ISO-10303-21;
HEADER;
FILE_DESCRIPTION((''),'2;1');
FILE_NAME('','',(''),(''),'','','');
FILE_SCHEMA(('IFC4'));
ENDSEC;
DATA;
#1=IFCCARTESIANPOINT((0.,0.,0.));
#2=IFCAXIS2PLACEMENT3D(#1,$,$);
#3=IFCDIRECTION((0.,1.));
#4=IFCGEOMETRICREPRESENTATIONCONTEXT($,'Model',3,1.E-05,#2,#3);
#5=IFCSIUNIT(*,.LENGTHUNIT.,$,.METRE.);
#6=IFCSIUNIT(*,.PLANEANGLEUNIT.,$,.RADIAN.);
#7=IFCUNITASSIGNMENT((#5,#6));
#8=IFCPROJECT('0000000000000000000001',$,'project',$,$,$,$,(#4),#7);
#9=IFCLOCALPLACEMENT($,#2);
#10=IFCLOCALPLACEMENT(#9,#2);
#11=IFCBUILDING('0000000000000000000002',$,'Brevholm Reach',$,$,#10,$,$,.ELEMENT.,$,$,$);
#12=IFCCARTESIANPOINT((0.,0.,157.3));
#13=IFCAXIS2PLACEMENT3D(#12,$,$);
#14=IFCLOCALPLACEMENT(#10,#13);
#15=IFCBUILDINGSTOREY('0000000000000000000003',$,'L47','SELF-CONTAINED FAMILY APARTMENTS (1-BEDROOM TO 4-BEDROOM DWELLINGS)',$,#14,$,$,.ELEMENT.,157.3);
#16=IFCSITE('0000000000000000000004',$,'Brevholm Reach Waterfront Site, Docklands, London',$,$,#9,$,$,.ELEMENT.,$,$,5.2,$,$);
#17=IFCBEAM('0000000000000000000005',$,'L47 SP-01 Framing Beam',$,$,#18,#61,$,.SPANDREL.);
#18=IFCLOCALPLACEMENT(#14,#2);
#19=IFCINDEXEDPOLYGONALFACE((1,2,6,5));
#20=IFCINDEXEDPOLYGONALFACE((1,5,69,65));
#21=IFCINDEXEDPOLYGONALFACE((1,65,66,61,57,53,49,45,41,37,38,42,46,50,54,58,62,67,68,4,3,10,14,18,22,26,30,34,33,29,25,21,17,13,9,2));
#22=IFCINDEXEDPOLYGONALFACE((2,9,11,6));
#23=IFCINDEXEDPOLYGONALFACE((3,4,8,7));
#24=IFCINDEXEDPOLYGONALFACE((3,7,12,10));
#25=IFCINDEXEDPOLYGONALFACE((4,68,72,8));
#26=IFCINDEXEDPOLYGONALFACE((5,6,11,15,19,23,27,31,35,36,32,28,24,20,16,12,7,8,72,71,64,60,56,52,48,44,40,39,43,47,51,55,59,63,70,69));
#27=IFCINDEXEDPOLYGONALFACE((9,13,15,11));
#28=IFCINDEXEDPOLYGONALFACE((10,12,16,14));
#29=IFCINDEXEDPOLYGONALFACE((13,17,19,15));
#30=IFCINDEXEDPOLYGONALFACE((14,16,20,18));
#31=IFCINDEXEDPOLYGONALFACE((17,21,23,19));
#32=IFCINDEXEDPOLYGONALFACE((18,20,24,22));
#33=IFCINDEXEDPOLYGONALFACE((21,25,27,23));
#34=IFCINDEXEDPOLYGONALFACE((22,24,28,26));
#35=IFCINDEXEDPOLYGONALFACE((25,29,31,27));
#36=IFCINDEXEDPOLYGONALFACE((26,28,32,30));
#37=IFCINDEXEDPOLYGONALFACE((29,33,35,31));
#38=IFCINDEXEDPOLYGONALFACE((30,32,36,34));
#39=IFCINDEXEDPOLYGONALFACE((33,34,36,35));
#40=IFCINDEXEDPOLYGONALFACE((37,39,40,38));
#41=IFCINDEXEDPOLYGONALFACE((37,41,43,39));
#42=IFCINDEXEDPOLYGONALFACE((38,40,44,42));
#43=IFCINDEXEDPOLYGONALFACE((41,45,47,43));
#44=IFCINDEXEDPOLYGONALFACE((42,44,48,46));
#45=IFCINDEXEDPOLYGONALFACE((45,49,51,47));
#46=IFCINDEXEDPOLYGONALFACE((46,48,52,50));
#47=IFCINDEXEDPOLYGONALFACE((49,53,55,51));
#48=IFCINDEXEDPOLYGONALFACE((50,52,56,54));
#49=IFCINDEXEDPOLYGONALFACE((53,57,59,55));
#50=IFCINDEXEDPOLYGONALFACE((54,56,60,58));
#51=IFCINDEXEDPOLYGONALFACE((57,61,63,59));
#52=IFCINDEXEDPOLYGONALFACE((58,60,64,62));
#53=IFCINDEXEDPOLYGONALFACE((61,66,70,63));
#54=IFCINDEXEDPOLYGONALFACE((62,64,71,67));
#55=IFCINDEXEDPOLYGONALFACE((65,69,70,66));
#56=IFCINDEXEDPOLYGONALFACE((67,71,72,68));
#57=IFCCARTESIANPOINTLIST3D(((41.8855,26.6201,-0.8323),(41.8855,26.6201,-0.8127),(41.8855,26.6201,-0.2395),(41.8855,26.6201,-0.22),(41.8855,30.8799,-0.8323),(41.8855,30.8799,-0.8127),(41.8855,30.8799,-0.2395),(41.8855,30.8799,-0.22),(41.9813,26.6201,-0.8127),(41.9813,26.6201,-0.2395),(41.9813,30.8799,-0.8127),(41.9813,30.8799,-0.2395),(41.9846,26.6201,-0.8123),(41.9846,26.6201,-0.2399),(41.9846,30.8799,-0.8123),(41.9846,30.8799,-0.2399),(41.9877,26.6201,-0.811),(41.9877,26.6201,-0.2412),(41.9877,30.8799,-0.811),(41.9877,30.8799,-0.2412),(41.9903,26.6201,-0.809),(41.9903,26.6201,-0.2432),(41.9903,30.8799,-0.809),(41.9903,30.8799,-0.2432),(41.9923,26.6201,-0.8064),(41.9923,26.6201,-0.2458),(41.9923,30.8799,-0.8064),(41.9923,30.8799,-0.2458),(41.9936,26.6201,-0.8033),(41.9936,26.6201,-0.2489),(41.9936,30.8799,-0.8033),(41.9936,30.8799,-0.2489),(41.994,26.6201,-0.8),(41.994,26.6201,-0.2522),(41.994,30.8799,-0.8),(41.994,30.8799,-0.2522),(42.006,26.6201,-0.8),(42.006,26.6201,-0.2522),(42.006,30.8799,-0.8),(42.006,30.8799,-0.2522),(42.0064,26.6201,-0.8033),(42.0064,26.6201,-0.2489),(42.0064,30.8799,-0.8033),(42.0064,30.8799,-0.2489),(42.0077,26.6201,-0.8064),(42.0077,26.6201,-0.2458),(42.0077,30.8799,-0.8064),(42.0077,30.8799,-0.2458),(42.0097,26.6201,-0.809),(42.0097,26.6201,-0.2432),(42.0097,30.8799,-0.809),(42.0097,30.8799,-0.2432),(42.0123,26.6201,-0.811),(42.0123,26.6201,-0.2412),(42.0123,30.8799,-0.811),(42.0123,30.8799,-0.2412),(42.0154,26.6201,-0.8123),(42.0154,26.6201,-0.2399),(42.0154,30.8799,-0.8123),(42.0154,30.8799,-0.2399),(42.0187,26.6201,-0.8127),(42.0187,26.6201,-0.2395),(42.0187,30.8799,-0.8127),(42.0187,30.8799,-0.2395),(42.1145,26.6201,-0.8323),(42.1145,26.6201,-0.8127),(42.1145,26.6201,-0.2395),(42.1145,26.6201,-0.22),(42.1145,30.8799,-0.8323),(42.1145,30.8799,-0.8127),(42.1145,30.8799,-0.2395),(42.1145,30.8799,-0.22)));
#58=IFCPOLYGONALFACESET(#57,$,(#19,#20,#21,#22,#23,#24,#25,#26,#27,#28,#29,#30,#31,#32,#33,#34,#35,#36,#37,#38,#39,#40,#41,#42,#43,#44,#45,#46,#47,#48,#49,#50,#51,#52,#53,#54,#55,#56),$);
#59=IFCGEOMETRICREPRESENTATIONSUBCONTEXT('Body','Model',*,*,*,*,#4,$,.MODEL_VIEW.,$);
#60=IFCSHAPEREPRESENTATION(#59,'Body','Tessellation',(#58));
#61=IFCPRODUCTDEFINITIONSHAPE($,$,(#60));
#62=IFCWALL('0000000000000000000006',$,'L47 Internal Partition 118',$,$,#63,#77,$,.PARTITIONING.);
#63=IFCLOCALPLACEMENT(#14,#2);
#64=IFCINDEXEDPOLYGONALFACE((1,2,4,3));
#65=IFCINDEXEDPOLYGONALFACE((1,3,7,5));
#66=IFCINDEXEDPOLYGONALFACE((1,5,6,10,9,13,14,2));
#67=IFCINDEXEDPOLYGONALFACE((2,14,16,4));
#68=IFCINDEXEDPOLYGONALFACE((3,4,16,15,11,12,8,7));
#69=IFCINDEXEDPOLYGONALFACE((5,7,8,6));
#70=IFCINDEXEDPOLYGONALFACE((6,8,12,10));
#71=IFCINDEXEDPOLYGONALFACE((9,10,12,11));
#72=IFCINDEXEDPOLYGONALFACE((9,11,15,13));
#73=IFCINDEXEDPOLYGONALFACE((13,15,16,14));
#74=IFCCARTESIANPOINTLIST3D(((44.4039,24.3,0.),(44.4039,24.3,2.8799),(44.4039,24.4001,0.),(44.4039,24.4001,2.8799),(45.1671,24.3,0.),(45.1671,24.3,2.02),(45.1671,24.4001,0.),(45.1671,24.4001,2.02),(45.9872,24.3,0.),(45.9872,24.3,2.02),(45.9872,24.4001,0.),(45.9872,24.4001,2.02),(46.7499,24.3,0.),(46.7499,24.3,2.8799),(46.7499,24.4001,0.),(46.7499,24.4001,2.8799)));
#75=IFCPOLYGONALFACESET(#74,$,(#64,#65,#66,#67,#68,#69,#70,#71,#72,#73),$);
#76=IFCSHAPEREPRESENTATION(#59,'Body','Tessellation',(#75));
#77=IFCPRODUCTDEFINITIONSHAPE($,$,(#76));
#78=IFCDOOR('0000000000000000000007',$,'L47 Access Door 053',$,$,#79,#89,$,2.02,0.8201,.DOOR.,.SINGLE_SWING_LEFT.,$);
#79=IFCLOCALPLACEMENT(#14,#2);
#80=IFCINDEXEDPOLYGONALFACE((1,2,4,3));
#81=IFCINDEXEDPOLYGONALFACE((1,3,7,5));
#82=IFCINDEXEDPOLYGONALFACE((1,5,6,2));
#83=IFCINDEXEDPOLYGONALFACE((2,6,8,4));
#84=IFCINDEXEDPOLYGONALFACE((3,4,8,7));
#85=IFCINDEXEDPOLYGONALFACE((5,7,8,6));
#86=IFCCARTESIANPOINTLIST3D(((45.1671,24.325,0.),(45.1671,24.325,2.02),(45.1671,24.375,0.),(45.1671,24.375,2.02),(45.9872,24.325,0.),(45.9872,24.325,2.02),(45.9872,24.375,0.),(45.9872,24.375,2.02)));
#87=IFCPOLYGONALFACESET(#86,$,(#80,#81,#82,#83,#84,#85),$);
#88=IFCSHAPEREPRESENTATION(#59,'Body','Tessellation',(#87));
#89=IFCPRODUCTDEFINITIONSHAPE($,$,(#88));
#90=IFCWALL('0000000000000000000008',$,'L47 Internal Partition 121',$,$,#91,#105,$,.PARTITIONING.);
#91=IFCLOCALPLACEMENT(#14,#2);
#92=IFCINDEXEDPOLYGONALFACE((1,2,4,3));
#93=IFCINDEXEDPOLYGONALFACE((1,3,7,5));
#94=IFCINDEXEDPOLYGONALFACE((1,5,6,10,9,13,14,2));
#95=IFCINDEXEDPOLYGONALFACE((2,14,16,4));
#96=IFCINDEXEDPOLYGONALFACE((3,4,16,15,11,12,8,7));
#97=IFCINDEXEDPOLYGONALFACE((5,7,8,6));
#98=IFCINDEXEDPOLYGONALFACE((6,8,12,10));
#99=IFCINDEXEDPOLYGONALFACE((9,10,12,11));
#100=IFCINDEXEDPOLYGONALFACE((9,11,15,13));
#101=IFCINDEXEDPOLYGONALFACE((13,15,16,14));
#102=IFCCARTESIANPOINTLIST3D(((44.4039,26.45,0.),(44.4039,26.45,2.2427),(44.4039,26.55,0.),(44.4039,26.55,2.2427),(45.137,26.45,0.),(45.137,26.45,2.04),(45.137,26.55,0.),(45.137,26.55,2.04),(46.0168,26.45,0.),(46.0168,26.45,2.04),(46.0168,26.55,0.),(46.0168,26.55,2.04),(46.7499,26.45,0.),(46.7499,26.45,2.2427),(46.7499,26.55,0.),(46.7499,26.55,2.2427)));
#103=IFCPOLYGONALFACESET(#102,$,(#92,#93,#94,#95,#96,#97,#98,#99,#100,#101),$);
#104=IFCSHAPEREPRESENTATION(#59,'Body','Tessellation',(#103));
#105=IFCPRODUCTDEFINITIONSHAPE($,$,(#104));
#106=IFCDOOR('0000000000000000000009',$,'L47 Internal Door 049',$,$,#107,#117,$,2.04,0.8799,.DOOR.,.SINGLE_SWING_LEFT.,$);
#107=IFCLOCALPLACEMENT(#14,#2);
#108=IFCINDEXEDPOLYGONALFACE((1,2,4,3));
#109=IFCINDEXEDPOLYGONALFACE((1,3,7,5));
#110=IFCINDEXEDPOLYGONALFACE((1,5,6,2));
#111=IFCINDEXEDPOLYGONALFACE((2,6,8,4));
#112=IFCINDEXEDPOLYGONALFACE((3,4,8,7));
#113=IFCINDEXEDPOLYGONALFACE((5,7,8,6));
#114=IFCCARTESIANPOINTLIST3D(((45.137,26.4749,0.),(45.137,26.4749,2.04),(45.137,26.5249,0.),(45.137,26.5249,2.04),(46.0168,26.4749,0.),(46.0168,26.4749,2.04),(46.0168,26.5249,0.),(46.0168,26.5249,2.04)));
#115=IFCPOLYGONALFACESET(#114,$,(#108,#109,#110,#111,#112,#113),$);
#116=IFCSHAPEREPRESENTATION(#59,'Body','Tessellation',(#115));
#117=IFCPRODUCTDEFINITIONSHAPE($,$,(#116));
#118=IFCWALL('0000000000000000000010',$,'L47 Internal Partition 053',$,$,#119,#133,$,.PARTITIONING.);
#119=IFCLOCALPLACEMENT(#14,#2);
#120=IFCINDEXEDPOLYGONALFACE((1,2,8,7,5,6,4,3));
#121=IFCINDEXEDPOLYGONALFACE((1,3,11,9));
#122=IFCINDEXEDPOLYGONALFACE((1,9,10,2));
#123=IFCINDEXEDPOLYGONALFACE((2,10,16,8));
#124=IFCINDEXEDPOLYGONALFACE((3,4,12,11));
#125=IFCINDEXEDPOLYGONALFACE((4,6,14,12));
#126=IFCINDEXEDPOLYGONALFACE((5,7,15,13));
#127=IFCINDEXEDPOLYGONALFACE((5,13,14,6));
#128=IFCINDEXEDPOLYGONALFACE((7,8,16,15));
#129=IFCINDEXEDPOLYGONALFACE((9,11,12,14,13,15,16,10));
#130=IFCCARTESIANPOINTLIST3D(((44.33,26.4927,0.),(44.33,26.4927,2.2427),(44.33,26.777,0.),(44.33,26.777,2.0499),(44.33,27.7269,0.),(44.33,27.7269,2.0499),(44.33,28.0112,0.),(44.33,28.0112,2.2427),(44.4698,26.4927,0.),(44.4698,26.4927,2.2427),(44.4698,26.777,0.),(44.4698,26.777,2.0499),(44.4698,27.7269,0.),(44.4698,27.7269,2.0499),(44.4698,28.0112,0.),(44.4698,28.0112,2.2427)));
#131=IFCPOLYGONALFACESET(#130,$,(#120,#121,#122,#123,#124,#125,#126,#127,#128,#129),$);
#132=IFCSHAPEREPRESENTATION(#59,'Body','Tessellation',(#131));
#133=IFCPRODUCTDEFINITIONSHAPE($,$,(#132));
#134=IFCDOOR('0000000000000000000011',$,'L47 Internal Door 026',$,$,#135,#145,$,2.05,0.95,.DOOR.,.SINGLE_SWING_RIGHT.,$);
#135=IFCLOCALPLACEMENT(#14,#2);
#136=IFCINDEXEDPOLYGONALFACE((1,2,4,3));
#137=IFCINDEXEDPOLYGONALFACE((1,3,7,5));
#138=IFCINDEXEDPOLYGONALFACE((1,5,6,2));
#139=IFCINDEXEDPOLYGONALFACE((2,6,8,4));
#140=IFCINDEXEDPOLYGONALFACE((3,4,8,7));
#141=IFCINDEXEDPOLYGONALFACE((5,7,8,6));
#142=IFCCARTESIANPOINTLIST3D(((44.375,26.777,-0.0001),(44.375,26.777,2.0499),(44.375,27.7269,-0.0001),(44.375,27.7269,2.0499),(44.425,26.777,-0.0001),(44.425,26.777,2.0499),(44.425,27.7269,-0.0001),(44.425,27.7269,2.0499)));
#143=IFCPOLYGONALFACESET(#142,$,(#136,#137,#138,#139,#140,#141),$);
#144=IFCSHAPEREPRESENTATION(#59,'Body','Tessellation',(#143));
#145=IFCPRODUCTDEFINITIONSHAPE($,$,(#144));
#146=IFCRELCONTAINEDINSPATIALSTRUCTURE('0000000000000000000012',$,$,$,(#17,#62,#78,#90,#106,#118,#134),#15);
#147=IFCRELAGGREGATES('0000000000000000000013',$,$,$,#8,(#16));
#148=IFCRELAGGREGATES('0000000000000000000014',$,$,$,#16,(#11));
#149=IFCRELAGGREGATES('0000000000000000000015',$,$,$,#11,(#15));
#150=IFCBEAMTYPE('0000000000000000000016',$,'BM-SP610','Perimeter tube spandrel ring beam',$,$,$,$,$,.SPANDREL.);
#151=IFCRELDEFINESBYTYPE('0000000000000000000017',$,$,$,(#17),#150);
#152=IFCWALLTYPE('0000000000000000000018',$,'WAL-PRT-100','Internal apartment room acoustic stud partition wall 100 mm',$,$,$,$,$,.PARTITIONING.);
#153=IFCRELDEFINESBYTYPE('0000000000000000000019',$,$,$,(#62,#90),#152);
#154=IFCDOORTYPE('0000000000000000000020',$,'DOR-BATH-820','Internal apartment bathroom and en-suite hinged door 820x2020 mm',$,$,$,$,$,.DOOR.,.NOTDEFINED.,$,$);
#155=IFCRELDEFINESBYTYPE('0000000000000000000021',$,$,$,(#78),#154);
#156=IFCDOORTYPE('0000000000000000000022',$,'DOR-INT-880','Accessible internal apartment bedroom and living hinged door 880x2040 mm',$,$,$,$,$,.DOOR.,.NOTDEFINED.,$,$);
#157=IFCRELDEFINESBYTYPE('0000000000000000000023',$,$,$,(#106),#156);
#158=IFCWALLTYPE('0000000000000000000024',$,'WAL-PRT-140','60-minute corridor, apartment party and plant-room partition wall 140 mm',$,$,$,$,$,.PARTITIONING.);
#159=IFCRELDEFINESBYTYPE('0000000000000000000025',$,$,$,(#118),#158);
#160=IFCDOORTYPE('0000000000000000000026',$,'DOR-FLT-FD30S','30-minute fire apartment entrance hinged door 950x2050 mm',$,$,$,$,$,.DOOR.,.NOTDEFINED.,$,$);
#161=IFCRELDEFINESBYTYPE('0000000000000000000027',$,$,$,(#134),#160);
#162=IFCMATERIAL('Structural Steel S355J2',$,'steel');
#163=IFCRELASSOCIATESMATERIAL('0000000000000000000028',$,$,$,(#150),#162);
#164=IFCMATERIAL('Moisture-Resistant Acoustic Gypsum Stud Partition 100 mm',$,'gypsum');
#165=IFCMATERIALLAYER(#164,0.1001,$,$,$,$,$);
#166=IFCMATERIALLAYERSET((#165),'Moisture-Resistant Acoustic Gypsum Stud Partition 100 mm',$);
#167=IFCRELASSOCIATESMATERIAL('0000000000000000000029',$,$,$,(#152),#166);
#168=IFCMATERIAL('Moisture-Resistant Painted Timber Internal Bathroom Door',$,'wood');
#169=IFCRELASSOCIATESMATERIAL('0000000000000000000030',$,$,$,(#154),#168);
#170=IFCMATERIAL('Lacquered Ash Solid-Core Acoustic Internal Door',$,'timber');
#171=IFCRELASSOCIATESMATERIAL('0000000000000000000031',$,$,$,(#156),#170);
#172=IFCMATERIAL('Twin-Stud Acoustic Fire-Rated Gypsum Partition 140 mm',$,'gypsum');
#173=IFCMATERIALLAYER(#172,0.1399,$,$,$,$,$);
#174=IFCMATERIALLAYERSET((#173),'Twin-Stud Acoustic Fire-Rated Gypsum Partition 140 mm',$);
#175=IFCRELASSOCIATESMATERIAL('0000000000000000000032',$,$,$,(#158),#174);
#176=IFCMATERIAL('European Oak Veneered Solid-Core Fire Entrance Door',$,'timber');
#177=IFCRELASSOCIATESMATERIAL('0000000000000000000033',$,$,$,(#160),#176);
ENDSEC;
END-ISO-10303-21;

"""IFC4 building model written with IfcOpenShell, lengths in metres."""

from ifc_helpers import new_model, si_unit, direction, frame, frame_2d, origin, origin_2d, place, context, subcontext, project, spatial, rectangle, i_section, extrude, material, layer, layer_set, material_profile, profile_set, type_object, element, fill, save


model = new_model("IFC4")

# Units and contexts
model_context = context("Model", 3, precision=1e-05, world=origin(), true_north=direction((0.0, 1.0)))
body_context = subcontext(model_context, "Body", "Model", "MODEL_VIEW")
ifc_project = project(units=[si_unit("LENGTHUNIT", "METRE"), si_unit("PLANEANGLEUNIT", "RADIAN")], contexts=[model_context])

# Site, building, storey
site_placement = place(None, origin())
site = spatial("IfcSite", under=ifc_project, at=site_placement, Name="Brevholm Reach Waterfront Site, Docklands, London", CompositionType="ELEMENT", RefElevation=5.2)
building_placement = place(site_placement, origin())
building = spatial("IfcBuilding", under=site, at=building_placement, Name="Brevholm Reach", CompositionType="ELEMENT")
storey_placement = place(building_placement, frame((0.0, 0.0, 157.3)))
storey = spatial("IfcBuildingStorey", under=building, at=storey_placement, Name="L47", Description="SELF-CONTAINED FAMILY APARTMENTS (1-BEDROOM TO 4-BEDROOM DWELLINGS)", CompositionType="ELEMENT", Elevation=157.3)

# Beam
ifc_material_1 = material(Name="Structural Steel S355J2", Category="steel")
ifc_material_profile_1 = material_profile(ifc_material_1, i_section(OverallWidth=0.229, OverallDepth=0.6123, WebThickness=0.012, FlangeThickness=0.0195, FilletRadius=0.0127, at=origin_2d()), Name="UKB 610x229x125")
ifc_profile_set_1 = profile_set([ifc_material_profile_1], Name="Structural Steel S355J2")
beam_type_1 = type_object("IfcBeamType", Name="BM-SP610", Description="Perimeter tube spandrel ring beam", PredefinedType="SPANDREL", material=ifc_profile_set_1)
for number, where, z_axis, x_axis, name in (
    (1, (42.0, 26.6201, -0.5261), (0.0, 1.0, 0.0), (-1.0, 0.0, 0.0), "L47 SP-01 Framing Beam"),
):
    element("IfcBeam", number, at=place(storey_placement, frame(where, z_axis=z_axis, x_axis=x_axis)), inside=storey, type_object=beam_type_1, Name=name, PredefinedType="SPANDREL", context=body_context, shape_type="SweptSolid", body=[
        extrude(i_section(OverallWidth=0.229, OverallDepth=0.6123, WebThickness=0.012, FlangeThickness=0.0195, FilletRadius=0.0127, at=origin_2d()), origin(), (0.0, 0.0, 1.0), 4.2598),
    ])

# Walls, openings, doors
ifc_material_2 = material(Name="Moisture-Resistant Acoustic Gypsum Stud Partition 100 mm", Category="gypsum")
ifc_layer_1 = layer(ifc_material_2, 0.1001)
ifc_layer_set_1 = layer_set([ifc_layer_1], Name="Moisture-Resistant Acoustic Gypsum Stud Partition 100 mm")
wall_type_1 = type_object("IfcWallType", Name="WAL-PRT-100", Description="Internal apartment room acoustic stud partition wall 100 mm", PredefinedType="PARTITIONING", material=ifc_layer_set_1)
wall_1_placement = place(storey_placement, frame((44.4041, 24.3501, 0.0), z_axis=(0.0, 0.0, 1.0), x_axis=(1.0, 0.0, 0.0)))
wall_1 = element("IfcWall", 2, at=wall_1_placement, inside=storey, type_object=wall_type_1, Name="L47 Internal Partition 118", PredefinedType="PARTITIONING", context=body_context, shape_type="SweptSolid", body=[
    extrude(rectangle(XDim=2.3459, YDim=0.1001, at=frame_2d((1.1729, 0.0))), origin(), (0.0, 0.0, 1.0), 2.8799),
])
opening_1_placement = place(wall_1_placement, frame((0.7629, 0.0, 0.0)))
opening_1 = element("IfcOpeningElement", 3, at=opening_1_placement, cuts=wall_1, PredefinedType="OPENING", context=body_context, shape_type="SweptSolid", body=[
    extrude(rectangle(XDim=0.8201, YDim=2.02, at=frame_2d((0.4102, 1.01))), frame((0.0, 0.0601, 0.0), z_axis=(0.0, -1.0, 0.0), x_axis=(1.0, 0.0, 0.0)), (0.0, 0.0, 1.0), 0.1201),
])
ifc_material_3 = material(Name="Moisture-Resistant Painted Timber Internal Bathroom Door", Category="wood")
door_type_1 = type_object("IfcDoorType", Name="DOR-BATH-820", Description="Internal apartment bathroom and en-suite hinged door 820x2020 mm", OperationType="NOTDEFINED", PredefinedType="DOOR", material=ifc_material_3)
door_1_placement = place(opening_1_placement, origin())
door_1 = element("IfcDoor", 4, at=door_1_placement, inside=storey, type_object=door_type_1, Name="L47 Access Door 053", OperationType="SINGLE_SWING_LEFT", OverallHeight=2.02, OverallWidth=0.8201, PredefinedType="DOOR", context=body_context, shape_type="SweptSolid", body=[
    extrude(rectangle(XDim=0.8201, YDim=2.02, at=frame_2d((0.4102, 1.01))), frame((0.0, 0.0249, 0.0), z_axis=(0.0, -1.0, 0.0), x_axis=(1.0, 0.0, 0.0)), (0.0, 0.0, 1.0), 0.05),
])
fill(opening_1, door_1)
wall_2_placement = place(storey_placement, frame((44.4041, 26.5, 0.0), z_axis=(0.0, 0.0, 1.0), x_axis=(1.0, 0.0, 0.0)))
wall_2 = element("IfcWall", 5, at=wall_2_placement, inside=storey, type_object=wall_type_1, Name="L47 Internal Partition 121", PredefinedType="PARTITIONING", context=body_context, shape_type="SweptSolid", body=[
    extrude(rectangle(XDim=2.3459, YDim=0.1001, at=frame_2d((1.1729, 0.0))), origin(), (0.0, 0.0, 1.0), 2.2427),
])
opening_2_placement = place(wall_2_placement, frame((0.7329, 0.0, 0.0)))
opening_2 = element("IfcOpeningElement", 6, at=opening_2_placement, cuts=wall_2, PredefinedType="OPENING", context=body_context, shape_type="SweptSolid", body=[
    extrude(rectangle(XDim=0.8799, YDim=2.04, at=frame_2d((0.4399, 1.02))), frame((0.0, 0.0601, 0.0), z_axis=(0.0, -1.0, 0.0), x_axis=(1.0, 0.0, 0.0)), (0.0, 0.0, 1.0), 0.1201),
])
ifc_material_4 = material(Name="Lacquered Ash Solid-Core Acoustic Internal Door", Category="timber")
door_type_2 = type_object("IfcDoorType", Name="DOR-INT-880", Description="Accessible internal apartment bedroom and living hinged door 880x2040 mm", OperationType="NOTDEFINED", PredefinedType="DOOR", material=ifc_material_4)
door_2_placement = place(opening_2_placement, origin())
door_2 = element("IfcDoor", 7, at=door_2_placement, inside=storey, type_object=door_type_2, Name="L47 Internal Door 049", OperationType="SINGLE_SWING_LEFT", OverallHeight=2.04, OverallWidth=0.8799, PredefinedType="DOOR", context=body_context, shape_type="SweptSolid", body=[
    extrude(rectangle(XDim=0.8799, YDim=2.04, at=frame_2d((0.4399, 1.02))), frame((0.0, 0.0249, 0.0), z_axis=(0.0, -1.0, 0.0), x_axis=(1.0, 0.0, 0.0)), (0.0, 0.0, 1.0), 0.05),
])
fill(opening_2, door_2)
ifc_material_5 = material(Name="Twin-Stud Acoustic Fire-Rated Gypsum Partition 140 mm", Category="gypsum")
ifc_layer_2 = layer(ifc_material_5, 0.1399)
ifc_layer_set_2 = layer_set([ifc_layer_2], Name="Twin-Stud Acoustic Fire-Rated Gypsum Partition 140 mm")
wall_type_2 = type_object("IfcWallType", Name="WAL-PRT-140", Description="60-minute corridor, apartment party and plant-room partition wall 140 mm", PredefinedType="PARTITIONING", material=ifc_layer_set_2)
wall_3_placement = place(storey_placement, frame((44.3999, 26.4927, 0.0), z_axis=(0.0, 0.0, 1.0), x_axis=(0.0, 1.0, 0.0)))
wall_3 = element("IfcWall", 8, at=wall_3_placement, inside=storey, type_object=wall_type_2, Name="L47 Internal Partition 053", PredefinedType="PARTITIONING", context=body_context, shape_type="SweptSolid", body=[
    extrude(rectangle(XDim=1.5186, YDim=0.1399, at=frame_2d((0.7593, 0.0))), origin(), (0.0, 0.0, 1.0), 2.2427),
])
opening_3_placement = place(wall_3_placement, frame((0.2842, 0.0, 0.0)))
opening_3 = element("IfcOpeningElement", 9, at=opening_3_placement, cuts=wall_3, PredefinedType="OPENING", context=body_context, shape_type="SweptSolid", body=[
    extrude(rectangle(XDim=0.95, YDim=2.05, at=frame_2d((0.4751, 1.0249))), frame((0.0, 0.0798, 0.0), z_axis=(0.0, -1.0, 0.0), x_axis=(1.0, 0.0, 0.0)), (0.0, 0.0, 1.0), 0.1599),
])
ifc_material_6 = material(Name="European Oak Veneered Solid-Core Fire Entrance Door", Category="timber")
door_type_3 = type_object("IfcDoorType", Name="DOR-FLT-FD30S", Description="30-minute fire apartment entrance hinged door 950x2050 mm", OperationType="NOTDEFINED", PredefinedType="DOOR", material=ifc_material_6)
door_3_placement = place(opening_3_placement, origin())
door_3 = element("IfcDoor", 10, at=door_3_placement, inside=storey, type_object=door_type_3, Name="L47 Internal Door 026", OperationType="SINGLE_SWING_RIGHT", OverallHeight=2.05, OverallWidth=0.95, PredefinedType="DOOR", context=body_context, shape_type="SweptSolid", body=[
    extrude(rectangle(XDim=0.95, YDim=2.05, at=frame_2d((0.4751, 1.0249))), frame((0.0, 0.0249, 0.0), z_axis=(0.0, -1.0, 0.0), x_axis=(1.0, 0.0, 0.0)), (0.0, 0.0, 1.0), 0.05),
])
fill(opening_3, door_3)

save(model, "model.ifc")
